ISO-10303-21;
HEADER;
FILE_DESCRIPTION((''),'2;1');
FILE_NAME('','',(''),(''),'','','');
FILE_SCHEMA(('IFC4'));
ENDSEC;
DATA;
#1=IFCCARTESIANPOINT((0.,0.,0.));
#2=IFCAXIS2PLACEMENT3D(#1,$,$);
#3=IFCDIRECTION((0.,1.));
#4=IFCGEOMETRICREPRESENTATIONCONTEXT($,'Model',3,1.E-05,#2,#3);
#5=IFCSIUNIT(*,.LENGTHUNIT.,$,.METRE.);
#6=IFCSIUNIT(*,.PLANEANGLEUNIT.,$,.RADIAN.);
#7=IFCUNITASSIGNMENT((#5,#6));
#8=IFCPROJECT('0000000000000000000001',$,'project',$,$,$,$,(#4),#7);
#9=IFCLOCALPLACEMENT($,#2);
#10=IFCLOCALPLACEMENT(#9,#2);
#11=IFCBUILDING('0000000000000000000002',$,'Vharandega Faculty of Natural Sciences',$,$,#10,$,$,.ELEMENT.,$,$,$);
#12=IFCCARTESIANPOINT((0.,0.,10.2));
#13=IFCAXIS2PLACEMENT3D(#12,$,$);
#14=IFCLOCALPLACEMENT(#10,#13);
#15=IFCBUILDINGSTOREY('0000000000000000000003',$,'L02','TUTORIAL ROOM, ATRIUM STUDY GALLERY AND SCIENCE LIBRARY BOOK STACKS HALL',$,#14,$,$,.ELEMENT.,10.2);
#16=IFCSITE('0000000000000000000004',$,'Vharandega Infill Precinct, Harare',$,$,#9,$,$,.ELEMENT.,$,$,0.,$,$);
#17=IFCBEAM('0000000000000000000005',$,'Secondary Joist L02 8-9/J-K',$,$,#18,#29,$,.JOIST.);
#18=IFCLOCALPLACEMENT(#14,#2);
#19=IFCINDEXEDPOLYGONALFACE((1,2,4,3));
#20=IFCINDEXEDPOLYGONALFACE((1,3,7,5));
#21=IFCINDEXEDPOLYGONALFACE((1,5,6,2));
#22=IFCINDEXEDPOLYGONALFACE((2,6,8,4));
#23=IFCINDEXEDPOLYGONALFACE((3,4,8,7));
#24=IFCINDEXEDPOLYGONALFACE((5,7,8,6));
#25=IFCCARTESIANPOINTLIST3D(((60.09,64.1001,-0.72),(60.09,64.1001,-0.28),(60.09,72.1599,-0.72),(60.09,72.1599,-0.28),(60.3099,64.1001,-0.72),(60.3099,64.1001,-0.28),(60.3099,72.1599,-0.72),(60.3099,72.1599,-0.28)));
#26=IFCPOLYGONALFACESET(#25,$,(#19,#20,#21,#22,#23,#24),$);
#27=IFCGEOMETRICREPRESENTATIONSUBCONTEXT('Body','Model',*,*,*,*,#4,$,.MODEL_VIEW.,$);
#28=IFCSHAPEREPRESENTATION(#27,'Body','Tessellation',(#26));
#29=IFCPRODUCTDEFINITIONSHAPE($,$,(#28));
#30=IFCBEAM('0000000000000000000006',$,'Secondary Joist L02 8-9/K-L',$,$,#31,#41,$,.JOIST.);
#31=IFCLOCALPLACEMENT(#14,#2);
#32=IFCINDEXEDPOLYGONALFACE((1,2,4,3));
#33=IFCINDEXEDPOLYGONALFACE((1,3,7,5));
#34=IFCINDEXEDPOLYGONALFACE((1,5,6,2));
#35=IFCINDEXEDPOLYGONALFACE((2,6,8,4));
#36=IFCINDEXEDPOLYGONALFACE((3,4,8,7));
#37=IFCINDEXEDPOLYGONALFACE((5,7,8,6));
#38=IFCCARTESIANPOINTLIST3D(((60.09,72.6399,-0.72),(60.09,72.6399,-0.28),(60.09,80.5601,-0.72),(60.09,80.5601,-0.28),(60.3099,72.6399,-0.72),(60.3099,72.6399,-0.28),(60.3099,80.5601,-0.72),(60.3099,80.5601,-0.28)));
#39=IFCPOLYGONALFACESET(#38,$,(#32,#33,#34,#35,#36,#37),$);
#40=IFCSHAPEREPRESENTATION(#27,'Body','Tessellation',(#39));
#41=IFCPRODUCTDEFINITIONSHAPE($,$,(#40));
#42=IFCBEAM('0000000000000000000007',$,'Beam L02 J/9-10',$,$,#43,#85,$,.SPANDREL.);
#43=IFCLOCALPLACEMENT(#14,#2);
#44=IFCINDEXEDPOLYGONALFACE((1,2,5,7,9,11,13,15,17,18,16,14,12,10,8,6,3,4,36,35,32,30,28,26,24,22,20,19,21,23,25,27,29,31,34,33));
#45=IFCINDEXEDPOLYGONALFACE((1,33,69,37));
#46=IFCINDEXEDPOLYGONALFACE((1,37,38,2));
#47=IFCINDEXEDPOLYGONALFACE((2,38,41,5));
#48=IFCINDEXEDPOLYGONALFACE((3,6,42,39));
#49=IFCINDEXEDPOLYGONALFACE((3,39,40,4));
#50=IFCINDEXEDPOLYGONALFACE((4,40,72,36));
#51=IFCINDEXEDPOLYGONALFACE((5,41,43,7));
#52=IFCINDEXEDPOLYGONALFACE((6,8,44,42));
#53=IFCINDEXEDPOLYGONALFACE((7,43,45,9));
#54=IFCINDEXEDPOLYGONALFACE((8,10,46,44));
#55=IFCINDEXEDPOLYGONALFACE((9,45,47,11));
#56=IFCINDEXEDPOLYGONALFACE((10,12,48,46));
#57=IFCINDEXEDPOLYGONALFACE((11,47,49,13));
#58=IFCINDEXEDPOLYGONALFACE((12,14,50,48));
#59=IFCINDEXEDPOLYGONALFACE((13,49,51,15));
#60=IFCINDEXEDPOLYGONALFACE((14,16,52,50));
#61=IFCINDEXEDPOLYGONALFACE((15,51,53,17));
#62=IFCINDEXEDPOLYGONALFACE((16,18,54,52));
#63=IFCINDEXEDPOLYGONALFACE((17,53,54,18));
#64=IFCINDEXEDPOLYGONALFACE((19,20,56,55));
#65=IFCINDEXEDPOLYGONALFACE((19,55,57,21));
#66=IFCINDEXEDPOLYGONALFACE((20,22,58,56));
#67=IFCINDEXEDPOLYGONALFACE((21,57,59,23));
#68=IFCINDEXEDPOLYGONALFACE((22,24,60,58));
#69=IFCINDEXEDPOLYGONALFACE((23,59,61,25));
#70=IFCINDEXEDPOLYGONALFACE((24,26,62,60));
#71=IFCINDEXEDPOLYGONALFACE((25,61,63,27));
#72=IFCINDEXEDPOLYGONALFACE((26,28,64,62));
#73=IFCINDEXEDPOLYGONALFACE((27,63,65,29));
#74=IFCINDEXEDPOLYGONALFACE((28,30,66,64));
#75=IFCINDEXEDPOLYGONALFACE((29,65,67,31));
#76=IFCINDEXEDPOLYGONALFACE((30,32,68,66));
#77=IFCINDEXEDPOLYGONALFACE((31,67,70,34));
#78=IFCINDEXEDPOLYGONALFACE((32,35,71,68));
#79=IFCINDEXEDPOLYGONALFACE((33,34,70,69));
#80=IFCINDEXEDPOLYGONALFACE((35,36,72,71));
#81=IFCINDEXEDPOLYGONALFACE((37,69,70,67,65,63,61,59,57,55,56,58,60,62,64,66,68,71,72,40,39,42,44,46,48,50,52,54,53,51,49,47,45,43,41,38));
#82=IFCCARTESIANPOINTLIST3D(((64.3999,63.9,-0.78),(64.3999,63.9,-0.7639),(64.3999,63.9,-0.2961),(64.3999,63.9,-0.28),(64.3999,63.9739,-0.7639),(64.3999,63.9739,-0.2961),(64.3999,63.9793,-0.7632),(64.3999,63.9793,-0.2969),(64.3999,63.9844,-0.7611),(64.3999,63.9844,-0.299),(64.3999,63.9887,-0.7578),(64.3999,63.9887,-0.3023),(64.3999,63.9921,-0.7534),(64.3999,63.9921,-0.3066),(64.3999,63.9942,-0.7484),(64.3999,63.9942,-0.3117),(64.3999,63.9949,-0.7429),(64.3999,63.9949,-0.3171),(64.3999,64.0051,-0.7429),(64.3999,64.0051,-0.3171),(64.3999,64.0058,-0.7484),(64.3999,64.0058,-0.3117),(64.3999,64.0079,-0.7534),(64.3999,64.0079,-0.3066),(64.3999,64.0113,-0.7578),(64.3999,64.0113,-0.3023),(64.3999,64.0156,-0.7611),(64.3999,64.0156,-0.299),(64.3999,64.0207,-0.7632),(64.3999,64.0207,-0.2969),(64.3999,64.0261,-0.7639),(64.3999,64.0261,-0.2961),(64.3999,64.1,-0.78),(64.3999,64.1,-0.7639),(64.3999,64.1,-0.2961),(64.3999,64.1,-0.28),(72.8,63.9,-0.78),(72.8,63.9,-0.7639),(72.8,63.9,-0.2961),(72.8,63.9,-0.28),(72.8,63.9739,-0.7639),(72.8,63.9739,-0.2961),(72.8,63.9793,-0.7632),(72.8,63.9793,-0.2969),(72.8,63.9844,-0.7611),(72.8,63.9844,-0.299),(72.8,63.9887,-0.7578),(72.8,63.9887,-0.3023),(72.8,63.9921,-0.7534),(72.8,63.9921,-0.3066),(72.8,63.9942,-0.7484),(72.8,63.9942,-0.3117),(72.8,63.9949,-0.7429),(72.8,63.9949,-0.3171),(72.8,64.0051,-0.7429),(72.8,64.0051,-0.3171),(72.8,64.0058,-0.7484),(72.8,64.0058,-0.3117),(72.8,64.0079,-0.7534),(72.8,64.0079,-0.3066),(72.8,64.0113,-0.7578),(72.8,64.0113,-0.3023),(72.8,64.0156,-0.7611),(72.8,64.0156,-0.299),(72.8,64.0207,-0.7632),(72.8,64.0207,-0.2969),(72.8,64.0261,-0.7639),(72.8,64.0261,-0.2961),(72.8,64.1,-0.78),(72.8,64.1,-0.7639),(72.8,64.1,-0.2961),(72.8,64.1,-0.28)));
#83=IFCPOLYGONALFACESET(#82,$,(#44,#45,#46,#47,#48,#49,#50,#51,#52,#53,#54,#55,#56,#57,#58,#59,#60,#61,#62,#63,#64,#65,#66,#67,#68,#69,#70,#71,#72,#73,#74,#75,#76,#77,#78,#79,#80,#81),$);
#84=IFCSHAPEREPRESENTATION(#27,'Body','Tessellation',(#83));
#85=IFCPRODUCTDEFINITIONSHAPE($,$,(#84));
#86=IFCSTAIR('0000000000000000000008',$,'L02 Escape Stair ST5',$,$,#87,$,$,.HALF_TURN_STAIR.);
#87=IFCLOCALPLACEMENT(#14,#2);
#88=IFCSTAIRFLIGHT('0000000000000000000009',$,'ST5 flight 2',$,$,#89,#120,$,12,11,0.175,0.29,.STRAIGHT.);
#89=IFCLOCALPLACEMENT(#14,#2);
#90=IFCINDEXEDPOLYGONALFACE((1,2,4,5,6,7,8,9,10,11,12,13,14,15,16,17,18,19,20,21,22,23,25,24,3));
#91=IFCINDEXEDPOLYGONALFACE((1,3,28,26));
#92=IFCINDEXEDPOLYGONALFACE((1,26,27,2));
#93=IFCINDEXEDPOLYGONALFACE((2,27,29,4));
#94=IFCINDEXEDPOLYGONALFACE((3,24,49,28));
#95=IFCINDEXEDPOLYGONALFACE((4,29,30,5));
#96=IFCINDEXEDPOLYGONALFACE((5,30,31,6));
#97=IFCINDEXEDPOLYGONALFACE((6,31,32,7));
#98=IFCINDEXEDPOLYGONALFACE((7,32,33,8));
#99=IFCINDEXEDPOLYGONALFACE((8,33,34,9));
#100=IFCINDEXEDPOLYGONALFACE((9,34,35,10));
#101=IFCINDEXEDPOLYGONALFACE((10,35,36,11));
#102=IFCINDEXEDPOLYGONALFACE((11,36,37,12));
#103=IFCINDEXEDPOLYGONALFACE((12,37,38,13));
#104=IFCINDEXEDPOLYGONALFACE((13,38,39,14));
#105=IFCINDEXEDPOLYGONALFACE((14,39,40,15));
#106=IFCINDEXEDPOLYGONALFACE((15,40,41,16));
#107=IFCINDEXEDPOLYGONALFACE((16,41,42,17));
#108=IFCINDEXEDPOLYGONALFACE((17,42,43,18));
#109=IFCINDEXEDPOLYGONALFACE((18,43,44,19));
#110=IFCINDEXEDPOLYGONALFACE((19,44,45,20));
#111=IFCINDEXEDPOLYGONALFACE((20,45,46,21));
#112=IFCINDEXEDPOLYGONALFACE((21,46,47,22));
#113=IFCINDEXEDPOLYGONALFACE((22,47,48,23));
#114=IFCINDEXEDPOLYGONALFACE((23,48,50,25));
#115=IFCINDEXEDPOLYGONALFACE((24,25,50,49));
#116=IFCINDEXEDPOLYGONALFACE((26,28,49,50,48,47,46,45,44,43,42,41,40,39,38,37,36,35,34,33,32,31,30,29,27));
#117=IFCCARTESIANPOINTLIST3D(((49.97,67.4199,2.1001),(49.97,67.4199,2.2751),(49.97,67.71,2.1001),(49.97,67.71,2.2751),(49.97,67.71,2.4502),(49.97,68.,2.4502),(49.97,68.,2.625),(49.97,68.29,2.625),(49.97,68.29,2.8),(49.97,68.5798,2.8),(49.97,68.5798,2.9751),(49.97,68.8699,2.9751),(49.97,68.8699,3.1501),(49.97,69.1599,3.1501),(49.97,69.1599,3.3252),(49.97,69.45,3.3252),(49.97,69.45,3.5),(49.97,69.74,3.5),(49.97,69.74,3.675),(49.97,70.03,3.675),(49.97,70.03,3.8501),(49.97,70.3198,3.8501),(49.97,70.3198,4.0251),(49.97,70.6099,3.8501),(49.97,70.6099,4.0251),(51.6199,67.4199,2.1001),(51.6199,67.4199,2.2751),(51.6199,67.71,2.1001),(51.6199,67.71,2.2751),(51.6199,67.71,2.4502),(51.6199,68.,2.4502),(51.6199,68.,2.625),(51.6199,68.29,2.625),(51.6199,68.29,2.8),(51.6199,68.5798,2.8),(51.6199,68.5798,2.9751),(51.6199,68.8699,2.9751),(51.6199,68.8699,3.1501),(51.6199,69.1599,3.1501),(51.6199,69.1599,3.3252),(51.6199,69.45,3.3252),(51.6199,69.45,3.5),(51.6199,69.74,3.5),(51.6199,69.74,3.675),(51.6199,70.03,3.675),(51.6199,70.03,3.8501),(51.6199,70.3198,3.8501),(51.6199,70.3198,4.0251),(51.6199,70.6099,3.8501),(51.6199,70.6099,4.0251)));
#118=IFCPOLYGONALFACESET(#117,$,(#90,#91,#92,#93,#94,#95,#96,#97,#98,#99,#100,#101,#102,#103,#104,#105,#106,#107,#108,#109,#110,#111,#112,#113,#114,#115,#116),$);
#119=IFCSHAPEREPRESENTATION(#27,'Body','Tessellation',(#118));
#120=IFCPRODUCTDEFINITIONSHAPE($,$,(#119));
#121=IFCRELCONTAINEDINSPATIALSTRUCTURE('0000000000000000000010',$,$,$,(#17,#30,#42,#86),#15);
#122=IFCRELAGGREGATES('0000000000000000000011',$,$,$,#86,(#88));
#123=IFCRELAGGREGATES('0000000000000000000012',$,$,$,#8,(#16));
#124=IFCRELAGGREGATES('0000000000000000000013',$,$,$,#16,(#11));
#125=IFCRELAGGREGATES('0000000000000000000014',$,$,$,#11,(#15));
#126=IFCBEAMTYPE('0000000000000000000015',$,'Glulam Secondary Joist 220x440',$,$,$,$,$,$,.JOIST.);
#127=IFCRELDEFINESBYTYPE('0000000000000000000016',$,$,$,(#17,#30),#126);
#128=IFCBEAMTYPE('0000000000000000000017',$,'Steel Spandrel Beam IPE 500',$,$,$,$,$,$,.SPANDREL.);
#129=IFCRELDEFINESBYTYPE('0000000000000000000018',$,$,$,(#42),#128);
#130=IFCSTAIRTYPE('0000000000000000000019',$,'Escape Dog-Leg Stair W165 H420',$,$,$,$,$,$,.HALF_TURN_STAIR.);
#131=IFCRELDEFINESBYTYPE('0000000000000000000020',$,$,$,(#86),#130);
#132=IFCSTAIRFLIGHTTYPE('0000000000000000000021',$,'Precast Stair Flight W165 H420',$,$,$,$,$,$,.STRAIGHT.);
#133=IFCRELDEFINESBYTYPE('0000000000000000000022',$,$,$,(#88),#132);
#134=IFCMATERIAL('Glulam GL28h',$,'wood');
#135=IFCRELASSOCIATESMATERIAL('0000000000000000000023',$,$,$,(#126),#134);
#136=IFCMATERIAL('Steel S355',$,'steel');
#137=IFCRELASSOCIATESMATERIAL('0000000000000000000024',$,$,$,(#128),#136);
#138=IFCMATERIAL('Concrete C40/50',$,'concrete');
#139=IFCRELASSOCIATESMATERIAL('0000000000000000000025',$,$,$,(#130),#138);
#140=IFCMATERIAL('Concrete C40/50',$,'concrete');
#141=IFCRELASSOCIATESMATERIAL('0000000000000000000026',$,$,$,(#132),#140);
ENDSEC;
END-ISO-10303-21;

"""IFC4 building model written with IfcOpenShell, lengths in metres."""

from ifc_helpers import new_model, si_unit, direction, frame, origin, origin_2d, place, context, subcontext, project, spatial, polyline, rectangle, i_section, outline, extrude, material, material_profile, profile_set, type_object, element, aggregate, save


model = new_model("IFC4")

# Units and contexts
model_context = context("Model", 3, precision=1e-05, world=origin(), true_north=direction((0.0, 1.0)))
body_context = subcontext(model_context, "Body", "Model", "MODEL_VIEW")
ifc_project = project(units=[si_unit("LENGTHUNIT", "METRE"), si_unit("PLANEANGLEUNIT", "RADIAN")], contexts=[model_context])

# Site, building, storey
site_placement = place(None, origin())
site = spatial("IfcSite", under=ifc_project, at=site_placement, Name="Vharandega Infill Precinct, Harare", CompositionType="ELEMENT", RefElevation=0.0)
building_placement = place(site_placement, origin())
building = spatial("IfcBuilding", under=site, at=building_placement, Name="Vharandega Faculty of Natural Sciences", CompositionType="ELEMENT")
storey_placement = place(building_placement, frame((0.0, 0.0, 10.2)))
storey = spatial("IfcBuildingStorey", under=building, at=storey_placement, Name="L02", Description="TUTORIAL ROOM, ATRIUM STUDY GALLERY AND SCIENCE LIBRARY BOOK STACKS HALL", CompositionType="ELEMENT", Elevation=10.2)

# Beams
ifc_material_1 = material(Name="Glulam GL28h", Category="wood")
ifc_material_profile_1 = material_profile(ifc_material_1, rectangle(XDim=0.22, YDim=0.4399, at=origin_2d()), Name="GL28h 220x440")
ifc_profile_set_1 = profile_set([ifc_material_profile_1], Name="Glulam GL28h")
beam_type_1 = type_object("IfcBeamType", Name="Glulam Secondary Joist 220x440", PredefinedType="JOIST", material=ifc_profile_set_1)
beam_1_placement = place(storey_placement, frame((60.2, 64.1001, -0.5), z_axis=(0.0, 1.0, 0.0), x_axis=(-1.0, 0.0, 0.0)))
element("IfcBeam", 1, at=beam_1_placement, inside=storey, type_object=beam_type_1, Name="Secondary Joist L02 8-9/J-K", PredefinedType="JOIST", context=body_context, shape_type="SweptSolid", body=[
    extrude(rectangle(XDim=0.22, YDim=0.4399, at=origin_2d()), origin(), (0.0, 0.0, 1.0), 8.0598),
])
beam_2_placement = place(storey_placement, frame((60.2, 72.6399, -0.5), z_axis=(0.0, 1.0, 0.0), x_axis=(-1.0, 0.0, 0.0)))
element("IfcBeam", 2, at=beam_2_placement, inside=storey, type_object=beam_type_1, Name="Secondary Joist L02 8-9/K-L", PredefinedType="JOIST", context=body_context, shape_type="SweptSolid", body=[
    extrude(rectangle(XDim=0.22, YDim=0.4399, at=origin_2d()), origin(), (0.0, 0.0, 1.0), 7.9202),
])
ifc_material_2 = material(Name="Steel S355", Category="steel")
ifc_material_profile_2 = material_profile(ifc_material_2, i_section(OverallWidth=0.2, OverallDepth=0.5, WebThickness=0.0103, FlangeThickness=0.0161, FilletRadius=0.021, at=origin_2d()), Name="IPE 500")
ifc_profile_set_2 = profile_set([ifc_material_profile_2], Name="Steel S355")
beam_type_2 = type_object("IfcBeamType", Name="Steel Spandrel Beam IPE 500", PredefinedType="SPANDREL", material=ifc_profile_set_2)
beam_3_placement = place(storey_placement, frame((64.3999, 64.0, -0.53), z_axis=(1.0, 0.0, 0.0), x_axis=(0.0, 1.0, 0.0)))
element("IfcBeam", 3, at=beam_3_placement, inside=storey, type_object=beam_type_2, Name="Beam L02 J/9-10", PredefinedType="SPANDREL", context=body_context, shape_type="SweptSolid", body=[
    extrude(i_section(OverallWidth=0.2, OverallDepth=0.5, WebThickness=0.0103, FlangeThickness=0.0161, FilletRadius=0.021, at=origin_2d()), origin(), (0.0, 0.0, 1.0), 8.4001),
])

# Stair, stair flight
ifc_material_3 = material(Name="Concrete C40/50", Category="concrete")
stair_type = type_object("IfcStairType", Name="Escape Dog-Leg Stair W165 H420", PredefinedType="HALF_TURN_STAIR", material=ifc_material_3)
stair_placement = place(storey_placement, origin())
stair = element("IfcStair", 4, at=stair_placement, inside=storey, type_object=stair_type, Name="L02 Escape Stair ST5", PredefinedType="HALF_TURN_STAIR")
ifc_material_4 = material(Name="Concrete C40/50", Category="concrete")
stair_flight_type = type_object("IfcStairFlightType", Name="Precast Stair Flight W165 H420", PredefinedType="STRAIGHT", material=ifc_material_4)
stair_flight_placement = place(storey_placement, frame((50.7949, 67.4199, 2.1001), z_axis=(0.0, 0.0, 1.0), x_axis=(0.0, 1.0, 0.0)))
stair_flight = element("IfcStairFlight", 5, at=stair_flight_placement, type_object=stair_flight_type, Name="ST5 flight 2", NumberOfRisers=12, NumberOfTreads=11, PredefinedType="STRAIGHT", RiserHeight=0.175, TreadLength=0.29, context=body_context, shape_type="SweptSolid", body=[
    extrude(outline(polyline([(0.0, 0.0), (0.0, 0.175), (0.29, 0.175), (0.29, 0.3501), (0.5801, 0.3501), (0.5801, 0.5249), (0.8701, 0.5249), (0.8701, 0.7), (1.1599, 0.7), (1.1599, 0.875), (1.45, 0.875), (1.45, 1.05), (1.74, 1.05), (1.74, 1.2251), (2.03, 1.2251), (2.03, 1.3999), (2.3201, 1.3999), (2.3201, 1.575), (2.6101, 1.575), (2.6101, 1.75), (2.8999, 1.75), (2.8999, 1.925), (3.1899, 1.925), (3.1899, 2.1001), (3.1899, 1.75), (0.29, 0.0), (0.0, 0.0)])), frame((0.0, 0.825, 0.0), z_axis=(0.0, -1.0, 0.0), x_axis=(1.0, 0.0, 0.0)), (0.0, 0.0, 1.0), 1.6499),
])
aggregate(stair, [stair_flight])

save(model, "model.ifc")
